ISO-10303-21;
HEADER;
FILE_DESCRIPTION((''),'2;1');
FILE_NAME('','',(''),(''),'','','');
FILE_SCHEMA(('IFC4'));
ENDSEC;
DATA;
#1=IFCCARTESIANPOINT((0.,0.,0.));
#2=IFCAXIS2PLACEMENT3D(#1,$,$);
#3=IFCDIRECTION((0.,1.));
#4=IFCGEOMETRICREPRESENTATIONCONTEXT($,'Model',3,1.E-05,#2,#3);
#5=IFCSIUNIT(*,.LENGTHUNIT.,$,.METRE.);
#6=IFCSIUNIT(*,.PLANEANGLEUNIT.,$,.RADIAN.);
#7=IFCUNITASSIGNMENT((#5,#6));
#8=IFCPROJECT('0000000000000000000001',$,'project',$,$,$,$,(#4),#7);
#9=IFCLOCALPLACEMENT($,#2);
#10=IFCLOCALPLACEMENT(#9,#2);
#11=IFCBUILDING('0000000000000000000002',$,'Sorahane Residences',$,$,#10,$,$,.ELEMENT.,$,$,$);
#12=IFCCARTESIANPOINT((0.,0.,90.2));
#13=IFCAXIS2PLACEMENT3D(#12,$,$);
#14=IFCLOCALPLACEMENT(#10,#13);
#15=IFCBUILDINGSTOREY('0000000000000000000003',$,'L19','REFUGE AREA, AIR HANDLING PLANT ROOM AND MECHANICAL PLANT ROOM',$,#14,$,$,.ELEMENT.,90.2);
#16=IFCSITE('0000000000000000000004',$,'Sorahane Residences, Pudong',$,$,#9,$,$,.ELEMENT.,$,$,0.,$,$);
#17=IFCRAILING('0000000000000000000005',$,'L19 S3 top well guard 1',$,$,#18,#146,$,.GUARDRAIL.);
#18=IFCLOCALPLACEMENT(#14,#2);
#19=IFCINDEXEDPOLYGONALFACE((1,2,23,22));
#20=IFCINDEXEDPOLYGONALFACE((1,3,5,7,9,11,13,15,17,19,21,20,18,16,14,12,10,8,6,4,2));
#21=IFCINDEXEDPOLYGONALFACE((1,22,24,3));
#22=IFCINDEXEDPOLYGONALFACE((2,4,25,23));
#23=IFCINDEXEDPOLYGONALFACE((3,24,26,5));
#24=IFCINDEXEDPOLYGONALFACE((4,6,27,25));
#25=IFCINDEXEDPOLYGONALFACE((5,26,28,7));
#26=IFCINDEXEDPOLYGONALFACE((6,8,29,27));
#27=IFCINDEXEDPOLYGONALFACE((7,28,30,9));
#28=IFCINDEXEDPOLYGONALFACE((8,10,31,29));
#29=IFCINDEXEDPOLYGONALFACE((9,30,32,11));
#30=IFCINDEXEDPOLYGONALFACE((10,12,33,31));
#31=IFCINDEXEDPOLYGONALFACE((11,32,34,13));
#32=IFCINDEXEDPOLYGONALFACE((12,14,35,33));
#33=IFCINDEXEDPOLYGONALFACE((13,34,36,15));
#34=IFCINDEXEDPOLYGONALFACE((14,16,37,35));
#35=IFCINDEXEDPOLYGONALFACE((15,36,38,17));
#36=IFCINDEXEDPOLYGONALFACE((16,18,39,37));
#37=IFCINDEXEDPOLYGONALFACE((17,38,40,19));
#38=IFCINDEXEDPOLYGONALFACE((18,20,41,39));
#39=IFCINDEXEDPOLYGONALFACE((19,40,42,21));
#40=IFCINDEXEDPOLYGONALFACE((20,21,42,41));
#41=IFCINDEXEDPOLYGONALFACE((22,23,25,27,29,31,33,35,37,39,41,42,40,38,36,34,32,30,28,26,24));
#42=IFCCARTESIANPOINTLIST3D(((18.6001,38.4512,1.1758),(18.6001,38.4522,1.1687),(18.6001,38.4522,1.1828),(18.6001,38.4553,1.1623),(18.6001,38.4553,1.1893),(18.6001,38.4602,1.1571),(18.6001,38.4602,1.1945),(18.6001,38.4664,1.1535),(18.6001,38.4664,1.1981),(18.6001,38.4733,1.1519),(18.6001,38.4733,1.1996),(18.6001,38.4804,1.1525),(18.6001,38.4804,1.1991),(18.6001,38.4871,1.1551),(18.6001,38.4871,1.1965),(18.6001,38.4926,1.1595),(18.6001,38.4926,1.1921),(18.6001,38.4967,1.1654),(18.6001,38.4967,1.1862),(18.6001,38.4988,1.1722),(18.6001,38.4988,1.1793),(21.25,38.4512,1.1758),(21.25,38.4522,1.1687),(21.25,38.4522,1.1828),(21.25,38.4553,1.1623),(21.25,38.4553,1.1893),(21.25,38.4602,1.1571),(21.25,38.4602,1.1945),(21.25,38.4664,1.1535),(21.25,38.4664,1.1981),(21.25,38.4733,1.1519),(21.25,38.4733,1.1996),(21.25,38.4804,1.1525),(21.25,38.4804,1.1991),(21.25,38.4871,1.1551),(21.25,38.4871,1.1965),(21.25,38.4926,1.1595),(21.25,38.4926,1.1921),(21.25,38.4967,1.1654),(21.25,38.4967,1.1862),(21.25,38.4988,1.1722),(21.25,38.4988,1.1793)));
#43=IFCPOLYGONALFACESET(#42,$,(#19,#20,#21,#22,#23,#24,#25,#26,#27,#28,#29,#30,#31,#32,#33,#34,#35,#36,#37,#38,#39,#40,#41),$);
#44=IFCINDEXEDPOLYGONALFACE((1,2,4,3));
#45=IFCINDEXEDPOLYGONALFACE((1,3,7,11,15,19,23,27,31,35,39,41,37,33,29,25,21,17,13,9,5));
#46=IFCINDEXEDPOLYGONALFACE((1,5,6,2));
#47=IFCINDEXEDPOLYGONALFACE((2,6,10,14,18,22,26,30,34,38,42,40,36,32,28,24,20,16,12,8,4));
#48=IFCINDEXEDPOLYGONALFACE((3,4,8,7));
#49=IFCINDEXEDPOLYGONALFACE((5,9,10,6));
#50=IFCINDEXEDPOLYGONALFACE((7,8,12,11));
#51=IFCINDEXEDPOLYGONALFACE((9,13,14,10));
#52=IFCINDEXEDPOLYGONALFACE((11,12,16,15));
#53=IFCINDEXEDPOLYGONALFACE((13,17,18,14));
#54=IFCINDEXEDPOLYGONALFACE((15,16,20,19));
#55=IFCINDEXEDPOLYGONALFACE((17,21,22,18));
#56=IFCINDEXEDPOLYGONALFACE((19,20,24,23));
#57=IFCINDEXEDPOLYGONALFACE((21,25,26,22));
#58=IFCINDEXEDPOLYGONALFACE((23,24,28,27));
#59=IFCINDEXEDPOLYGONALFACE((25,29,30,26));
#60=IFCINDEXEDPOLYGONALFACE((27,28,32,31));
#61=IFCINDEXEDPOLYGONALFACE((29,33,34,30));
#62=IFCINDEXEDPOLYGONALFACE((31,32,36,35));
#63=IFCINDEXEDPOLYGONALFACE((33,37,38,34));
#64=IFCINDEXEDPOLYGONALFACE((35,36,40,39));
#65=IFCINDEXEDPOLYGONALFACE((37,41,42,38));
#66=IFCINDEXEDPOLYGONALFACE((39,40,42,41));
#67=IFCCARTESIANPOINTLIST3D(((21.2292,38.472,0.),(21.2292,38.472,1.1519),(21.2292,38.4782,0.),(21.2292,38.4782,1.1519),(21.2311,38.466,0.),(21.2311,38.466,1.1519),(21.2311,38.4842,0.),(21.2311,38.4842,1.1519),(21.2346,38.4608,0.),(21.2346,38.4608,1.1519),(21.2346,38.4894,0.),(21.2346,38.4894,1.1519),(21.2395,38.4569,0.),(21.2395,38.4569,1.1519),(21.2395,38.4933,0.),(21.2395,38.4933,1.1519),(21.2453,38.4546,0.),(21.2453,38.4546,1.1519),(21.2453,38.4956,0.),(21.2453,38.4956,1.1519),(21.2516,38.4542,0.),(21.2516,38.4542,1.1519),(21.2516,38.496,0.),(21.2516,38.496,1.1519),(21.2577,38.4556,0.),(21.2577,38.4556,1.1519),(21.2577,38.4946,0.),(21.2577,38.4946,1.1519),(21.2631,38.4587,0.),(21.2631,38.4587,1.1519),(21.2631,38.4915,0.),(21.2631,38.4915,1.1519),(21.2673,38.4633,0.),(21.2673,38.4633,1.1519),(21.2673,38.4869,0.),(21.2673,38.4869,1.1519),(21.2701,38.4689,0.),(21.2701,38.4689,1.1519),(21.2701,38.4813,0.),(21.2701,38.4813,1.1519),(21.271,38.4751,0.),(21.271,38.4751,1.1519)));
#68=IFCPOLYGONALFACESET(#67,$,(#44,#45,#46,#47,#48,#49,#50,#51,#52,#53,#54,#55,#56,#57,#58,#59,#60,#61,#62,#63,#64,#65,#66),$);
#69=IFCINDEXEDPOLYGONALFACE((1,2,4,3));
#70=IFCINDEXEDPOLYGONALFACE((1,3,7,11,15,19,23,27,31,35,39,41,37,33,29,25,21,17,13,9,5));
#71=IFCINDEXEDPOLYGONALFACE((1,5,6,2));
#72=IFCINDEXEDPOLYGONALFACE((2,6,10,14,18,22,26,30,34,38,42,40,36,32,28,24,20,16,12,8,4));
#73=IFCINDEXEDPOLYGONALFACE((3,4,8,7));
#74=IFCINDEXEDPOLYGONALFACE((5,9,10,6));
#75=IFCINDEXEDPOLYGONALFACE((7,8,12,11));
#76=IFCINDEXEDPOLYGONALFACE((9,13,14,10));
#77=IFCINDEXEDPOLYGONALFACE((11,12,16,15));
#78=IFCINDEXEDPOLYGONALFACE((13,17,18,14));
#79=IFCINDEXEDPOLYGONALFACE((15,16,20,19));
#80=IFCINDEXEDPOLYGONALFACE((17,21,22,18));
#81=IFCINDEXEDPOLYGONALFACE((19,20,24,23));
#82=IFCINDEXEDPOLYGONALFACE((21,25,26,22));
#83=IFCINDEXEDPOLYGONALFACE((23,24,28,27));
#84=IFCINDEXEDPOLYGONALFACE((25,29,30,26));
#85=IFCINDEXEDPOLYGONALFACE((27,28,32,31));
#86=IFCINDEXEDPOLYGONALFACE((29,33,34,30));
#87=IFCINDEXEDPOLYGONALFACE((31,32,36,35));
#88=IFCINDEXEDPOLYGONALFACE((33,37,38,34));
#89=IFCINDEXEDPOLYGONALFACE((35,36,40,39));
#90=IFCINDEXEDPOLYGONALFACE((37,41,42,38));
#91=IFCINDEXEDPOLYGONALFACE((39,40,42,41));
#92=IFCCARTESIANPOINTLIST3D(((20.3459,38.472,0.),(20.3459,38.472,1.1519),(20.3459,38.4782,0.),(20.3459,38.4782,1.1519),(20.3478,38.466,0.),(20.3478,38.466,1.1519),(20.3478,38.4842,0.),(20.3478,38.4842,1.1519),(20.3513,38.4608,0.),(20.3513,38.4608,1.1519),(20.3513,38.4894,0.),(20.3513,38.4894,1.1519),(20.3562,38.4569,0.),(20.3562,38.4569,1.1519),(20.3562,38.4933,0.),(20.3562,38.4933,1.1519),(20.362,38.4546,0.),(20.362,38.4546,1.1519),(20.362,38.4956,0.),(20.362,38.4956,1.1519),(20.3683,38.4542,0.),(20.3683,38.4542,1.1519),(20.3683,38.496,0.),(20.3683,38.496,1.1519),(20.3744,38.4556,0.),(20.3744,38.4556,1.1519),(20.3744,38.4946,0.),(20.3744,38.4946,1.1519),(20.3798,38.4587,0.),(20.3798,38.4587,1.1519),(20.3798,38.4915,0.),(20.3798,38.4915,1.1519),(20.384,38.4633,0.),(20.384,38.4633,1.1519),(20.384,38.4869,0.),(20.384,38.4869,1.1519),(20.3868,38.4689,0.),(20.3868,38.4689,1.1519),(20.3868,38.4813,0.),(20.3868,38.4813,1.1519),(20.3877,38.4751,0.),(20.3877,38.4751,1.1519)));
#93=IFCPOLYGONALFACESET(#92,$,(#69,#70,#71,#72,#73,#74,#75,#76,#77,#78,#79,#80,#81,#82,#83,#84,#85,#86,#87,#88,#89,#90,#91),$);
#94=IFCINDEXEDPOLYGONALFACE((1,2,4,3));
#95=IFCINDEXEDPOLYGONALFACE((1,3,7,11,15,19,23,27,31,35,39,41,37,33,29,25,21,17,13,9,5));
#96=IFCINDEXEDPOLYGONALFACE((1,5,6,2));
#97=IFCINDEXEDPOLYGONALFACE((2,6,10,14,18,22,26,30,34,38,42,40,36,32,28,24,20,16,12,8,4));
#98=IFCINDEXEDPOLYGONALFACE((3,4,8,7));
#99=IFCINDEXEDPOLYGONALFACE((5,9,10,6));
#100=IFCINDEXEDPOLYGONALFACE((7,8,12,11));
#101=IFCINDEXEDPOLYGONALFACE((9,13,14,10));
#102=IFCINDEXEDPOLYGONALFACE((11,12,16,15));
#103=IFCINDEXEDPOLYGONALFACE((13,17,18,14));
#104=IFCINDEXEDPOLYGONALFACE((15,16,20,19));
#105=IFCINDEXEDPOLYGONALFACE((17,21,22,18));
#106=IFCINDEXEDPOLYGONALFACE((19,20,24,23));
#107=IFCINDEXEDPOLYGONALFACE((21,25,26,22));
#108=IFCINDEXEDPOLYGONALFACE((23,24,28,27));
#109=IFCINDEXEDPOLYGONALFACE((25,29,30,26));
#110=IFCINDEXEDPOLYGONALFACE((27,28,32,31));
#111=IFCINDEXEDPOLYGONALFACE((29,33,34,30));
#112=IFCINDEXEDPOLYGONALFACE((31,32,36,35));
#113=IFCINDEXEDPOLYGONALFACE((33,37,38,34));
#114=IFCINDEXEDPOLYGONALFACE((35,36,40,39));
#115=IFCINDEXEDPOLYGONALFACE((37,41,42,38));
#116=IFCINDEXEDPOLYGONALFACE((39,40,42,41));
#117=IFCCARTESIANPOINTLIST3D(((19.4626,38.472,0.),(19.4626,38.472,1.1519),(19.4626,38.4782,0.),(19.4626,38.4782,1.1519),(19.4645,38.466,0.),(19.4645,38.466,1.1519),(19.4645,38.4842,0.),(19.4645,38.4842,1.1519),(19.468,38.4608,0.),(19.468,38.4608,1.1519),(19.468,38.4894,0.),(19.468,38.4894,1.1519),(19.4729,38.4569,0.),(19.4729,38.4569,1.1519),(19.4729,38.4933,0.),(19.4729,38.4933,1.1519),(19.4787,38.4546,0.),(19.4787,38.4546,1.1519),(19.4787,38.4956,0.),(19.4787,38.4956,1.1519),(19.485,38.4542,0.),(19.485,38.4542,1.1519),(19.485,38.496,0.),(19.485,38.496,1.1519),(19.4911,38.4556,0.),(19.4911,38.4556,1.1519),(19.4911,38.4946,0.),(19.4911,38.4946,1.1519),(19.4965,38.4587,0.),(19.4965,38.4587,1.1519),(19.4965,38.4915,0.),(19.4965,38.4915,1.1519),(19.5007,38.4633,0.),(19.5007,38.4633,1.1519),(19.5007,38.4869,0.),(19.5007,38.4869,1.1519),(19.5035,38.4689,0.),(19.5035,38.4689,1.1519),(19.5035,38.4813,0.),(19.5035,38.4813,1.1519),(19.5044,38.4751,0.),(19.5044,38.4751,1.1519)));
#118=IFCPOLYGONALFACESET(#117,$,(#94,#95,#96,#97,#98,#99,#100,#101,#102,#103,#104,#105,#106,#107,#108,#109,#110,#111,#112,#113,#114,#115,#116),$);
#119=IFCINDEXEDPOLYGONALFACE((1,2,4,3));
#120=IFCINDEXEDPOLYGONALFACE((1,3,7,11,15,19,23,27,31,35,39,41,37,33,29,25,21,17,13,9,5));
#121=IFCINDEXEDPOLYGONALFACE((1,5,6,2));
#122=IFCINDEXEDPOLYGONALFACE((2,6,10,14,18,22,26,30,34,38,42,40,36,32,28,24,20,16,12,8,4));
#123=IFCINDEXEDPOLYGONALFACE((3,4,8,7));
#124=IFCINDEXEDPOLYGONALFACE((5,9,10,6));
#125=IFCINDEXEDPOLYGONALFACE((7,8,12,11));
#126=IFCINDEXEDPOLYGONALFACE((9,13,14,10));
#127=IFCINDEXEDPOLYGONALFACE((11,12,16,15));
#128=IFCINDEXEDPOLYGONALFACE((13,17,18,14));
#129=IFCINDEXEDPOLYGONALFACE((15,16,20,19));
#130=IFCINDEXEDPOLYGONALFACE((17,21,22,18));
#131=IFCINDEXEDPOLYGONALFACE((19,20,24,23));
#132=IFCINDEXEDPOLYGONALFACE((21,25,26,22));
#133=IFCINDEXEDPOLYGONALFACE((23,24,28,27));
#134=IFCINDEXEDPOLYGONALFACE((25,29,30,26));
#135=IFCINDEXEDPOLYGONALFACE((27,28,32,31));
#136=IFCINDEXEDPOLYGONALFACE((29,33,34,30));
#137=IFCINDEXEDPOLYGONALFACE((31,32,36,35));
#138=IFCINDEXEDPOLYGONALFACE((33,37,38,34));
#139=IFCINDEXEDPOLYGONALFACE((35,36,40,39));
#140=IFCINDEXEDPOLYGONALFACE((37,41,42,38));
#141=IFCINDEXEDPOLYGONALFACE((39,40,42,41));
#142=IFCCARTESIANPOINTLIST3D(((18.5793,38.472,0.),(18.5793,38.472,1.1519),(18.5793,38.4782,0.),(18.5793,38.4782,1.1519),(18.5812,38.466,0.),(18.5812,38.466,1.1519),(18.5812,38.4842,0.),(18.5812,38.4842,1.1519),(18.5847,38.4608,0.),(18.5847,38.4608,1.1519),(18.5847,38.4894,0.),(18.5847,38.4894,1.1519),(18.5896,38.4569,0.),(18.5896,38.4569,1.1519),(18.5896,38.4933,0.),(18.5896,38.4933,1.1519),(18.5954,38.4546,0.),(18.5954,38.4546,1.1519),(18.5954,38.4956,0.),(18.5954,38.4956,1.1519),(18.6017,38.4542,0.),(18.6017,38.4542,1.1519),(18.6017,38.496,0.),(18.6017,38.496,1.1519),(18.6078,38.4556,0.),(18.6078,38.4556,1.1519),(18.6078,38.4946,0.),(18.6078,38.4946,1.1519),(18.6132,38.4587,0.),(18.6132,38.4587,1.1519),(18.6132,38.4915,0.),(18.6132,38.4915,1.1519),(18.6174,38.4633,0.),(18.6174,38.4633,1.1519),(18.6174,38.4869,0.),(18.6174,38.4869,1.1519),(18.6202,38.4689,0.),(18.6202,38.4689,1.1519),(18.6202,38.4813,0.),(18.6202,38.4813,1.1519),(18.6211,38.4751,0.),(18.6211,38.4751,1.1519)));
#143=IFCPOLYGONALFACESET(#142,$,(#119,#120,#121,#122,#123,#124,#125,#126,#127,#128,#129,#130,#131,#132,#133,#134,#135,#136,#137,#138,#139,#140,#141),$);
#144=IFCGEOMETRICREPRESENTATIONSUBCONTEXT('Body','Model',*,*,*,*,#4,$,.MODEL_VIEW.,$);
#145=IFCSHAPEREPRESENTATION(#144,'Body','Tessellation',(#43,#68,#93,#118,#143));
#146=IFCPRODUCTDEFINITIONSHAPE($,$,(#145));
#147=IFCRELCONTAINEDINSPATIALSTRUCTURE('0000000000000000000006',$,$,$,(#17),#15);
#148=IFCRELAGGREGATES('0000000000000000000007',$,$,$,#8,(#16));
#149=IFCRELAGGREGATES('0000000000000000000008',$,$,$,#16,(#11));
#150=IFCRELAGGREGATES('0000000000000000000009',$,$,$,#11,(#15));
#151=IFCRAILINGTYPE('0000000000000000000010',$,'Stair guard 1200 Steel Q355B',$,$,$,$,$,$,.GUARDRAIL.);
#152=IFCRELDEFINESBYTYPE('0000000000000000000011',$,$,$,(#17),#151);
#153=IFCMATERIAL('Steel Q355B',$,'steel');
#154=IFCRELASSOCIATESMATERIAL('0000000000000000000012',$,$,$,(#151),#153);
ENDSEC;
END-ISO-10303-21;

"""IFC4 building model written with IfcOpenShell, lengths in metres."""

from ifc_helpers import new_model, si_unit, direction, frame, origin, origin_2d, place, context, subcontext, project, spatial, circle, extrude, material, type_object, element, save


model = new_model("IFC4")

# Units and contexts
model_context = context("Model", 3, precision=1e-05, world=origin(), true_north=direction((0.0, 1.0)))
body_context = subcontext(model_context, "Body", "Model", "MODEL_VIEW")
ifc_project = project(units=[si_unit("LENGTHUNIT", "METRE"), si_unit("PLANEANGLEUNIT", "RADIAN")], contexts=[model_context])

# Site, building, storey
site_placement = place(None, origin())
site = spatial("IfcSite", under=ifc_project, at=site_placement, Name="Sorahane Residences, Pudong", CompositionType="ELEMENT", RefElevation=0.0)
building_placement = place(site_placement, origin())
building = spatial("IfcBuilding", under=site, at=building_placement, Name="Sorahane Residences", CompositionType="ELEMENT")
storey_placement = place(building_placement, frame((0.0, 0.0, 90.2)))
storey = spatial("IfcBuildingStorey", under=building, at=storey_placement, Name="L19", Description="REFUGE AREA, AIR HANDLING PLANT ROOM AND MECHANICAL PLANT ROOM", CompositionType="ELEMENT", Elevation=90.2)

# Railing
ifc_material_1 = material(Name="Steel Q355B", Category="steel")
railing_type = type_object("IfcRailingType", Name="Stair guard 1200 Steel Q355B", PredefinedType="GUARDRAIL", material=ifc_material_1)
railing_1_placement = place(storey_placement, frame((21.25, 38.4751, 0.0)))
element("IfcRailing", 1, at=railing_1_placement, inside=storey, type_object=railing_type, Name="L19 S3 top well guard 1", PredefinedType="GUARDRAIL", context=body_context, shape_type="SweptSolid", body=[
    extrude(circle(Radius=0.0239, at=origin_2d()), frame((0.0, 0.0, 1.1758), z_axis=(-1.0, 0.0, 0.0), x_axis=(0.0, -1.0, 0.0)), (0.0, 0.0, 1.0), 2.6499),
    extrude(circle(Radius=0.021, at=origin_2d()), origin(), (0.0, 0.0, 1.0), 1.1519),
    extrude(circle(Radius=0.021, at=origin_2d()), frame((-0.8833, 0.0, 0.0)), (0.0, 0.0, 1.0), 1.1519),
    extrude(circle(Radius=0.021, at=origin_2d()), frame((-1.7666, 0.0, 0.0)), (0.0, 0.0, 1.0), 1.1519),
    extrude(circle(Radius=0.021, at=origin_2d()), frame((-2.6499, 0.0, 0.0)), (0.0, 0.0, 1.0), 1.1519),
])

save(model, "model.ifc")
